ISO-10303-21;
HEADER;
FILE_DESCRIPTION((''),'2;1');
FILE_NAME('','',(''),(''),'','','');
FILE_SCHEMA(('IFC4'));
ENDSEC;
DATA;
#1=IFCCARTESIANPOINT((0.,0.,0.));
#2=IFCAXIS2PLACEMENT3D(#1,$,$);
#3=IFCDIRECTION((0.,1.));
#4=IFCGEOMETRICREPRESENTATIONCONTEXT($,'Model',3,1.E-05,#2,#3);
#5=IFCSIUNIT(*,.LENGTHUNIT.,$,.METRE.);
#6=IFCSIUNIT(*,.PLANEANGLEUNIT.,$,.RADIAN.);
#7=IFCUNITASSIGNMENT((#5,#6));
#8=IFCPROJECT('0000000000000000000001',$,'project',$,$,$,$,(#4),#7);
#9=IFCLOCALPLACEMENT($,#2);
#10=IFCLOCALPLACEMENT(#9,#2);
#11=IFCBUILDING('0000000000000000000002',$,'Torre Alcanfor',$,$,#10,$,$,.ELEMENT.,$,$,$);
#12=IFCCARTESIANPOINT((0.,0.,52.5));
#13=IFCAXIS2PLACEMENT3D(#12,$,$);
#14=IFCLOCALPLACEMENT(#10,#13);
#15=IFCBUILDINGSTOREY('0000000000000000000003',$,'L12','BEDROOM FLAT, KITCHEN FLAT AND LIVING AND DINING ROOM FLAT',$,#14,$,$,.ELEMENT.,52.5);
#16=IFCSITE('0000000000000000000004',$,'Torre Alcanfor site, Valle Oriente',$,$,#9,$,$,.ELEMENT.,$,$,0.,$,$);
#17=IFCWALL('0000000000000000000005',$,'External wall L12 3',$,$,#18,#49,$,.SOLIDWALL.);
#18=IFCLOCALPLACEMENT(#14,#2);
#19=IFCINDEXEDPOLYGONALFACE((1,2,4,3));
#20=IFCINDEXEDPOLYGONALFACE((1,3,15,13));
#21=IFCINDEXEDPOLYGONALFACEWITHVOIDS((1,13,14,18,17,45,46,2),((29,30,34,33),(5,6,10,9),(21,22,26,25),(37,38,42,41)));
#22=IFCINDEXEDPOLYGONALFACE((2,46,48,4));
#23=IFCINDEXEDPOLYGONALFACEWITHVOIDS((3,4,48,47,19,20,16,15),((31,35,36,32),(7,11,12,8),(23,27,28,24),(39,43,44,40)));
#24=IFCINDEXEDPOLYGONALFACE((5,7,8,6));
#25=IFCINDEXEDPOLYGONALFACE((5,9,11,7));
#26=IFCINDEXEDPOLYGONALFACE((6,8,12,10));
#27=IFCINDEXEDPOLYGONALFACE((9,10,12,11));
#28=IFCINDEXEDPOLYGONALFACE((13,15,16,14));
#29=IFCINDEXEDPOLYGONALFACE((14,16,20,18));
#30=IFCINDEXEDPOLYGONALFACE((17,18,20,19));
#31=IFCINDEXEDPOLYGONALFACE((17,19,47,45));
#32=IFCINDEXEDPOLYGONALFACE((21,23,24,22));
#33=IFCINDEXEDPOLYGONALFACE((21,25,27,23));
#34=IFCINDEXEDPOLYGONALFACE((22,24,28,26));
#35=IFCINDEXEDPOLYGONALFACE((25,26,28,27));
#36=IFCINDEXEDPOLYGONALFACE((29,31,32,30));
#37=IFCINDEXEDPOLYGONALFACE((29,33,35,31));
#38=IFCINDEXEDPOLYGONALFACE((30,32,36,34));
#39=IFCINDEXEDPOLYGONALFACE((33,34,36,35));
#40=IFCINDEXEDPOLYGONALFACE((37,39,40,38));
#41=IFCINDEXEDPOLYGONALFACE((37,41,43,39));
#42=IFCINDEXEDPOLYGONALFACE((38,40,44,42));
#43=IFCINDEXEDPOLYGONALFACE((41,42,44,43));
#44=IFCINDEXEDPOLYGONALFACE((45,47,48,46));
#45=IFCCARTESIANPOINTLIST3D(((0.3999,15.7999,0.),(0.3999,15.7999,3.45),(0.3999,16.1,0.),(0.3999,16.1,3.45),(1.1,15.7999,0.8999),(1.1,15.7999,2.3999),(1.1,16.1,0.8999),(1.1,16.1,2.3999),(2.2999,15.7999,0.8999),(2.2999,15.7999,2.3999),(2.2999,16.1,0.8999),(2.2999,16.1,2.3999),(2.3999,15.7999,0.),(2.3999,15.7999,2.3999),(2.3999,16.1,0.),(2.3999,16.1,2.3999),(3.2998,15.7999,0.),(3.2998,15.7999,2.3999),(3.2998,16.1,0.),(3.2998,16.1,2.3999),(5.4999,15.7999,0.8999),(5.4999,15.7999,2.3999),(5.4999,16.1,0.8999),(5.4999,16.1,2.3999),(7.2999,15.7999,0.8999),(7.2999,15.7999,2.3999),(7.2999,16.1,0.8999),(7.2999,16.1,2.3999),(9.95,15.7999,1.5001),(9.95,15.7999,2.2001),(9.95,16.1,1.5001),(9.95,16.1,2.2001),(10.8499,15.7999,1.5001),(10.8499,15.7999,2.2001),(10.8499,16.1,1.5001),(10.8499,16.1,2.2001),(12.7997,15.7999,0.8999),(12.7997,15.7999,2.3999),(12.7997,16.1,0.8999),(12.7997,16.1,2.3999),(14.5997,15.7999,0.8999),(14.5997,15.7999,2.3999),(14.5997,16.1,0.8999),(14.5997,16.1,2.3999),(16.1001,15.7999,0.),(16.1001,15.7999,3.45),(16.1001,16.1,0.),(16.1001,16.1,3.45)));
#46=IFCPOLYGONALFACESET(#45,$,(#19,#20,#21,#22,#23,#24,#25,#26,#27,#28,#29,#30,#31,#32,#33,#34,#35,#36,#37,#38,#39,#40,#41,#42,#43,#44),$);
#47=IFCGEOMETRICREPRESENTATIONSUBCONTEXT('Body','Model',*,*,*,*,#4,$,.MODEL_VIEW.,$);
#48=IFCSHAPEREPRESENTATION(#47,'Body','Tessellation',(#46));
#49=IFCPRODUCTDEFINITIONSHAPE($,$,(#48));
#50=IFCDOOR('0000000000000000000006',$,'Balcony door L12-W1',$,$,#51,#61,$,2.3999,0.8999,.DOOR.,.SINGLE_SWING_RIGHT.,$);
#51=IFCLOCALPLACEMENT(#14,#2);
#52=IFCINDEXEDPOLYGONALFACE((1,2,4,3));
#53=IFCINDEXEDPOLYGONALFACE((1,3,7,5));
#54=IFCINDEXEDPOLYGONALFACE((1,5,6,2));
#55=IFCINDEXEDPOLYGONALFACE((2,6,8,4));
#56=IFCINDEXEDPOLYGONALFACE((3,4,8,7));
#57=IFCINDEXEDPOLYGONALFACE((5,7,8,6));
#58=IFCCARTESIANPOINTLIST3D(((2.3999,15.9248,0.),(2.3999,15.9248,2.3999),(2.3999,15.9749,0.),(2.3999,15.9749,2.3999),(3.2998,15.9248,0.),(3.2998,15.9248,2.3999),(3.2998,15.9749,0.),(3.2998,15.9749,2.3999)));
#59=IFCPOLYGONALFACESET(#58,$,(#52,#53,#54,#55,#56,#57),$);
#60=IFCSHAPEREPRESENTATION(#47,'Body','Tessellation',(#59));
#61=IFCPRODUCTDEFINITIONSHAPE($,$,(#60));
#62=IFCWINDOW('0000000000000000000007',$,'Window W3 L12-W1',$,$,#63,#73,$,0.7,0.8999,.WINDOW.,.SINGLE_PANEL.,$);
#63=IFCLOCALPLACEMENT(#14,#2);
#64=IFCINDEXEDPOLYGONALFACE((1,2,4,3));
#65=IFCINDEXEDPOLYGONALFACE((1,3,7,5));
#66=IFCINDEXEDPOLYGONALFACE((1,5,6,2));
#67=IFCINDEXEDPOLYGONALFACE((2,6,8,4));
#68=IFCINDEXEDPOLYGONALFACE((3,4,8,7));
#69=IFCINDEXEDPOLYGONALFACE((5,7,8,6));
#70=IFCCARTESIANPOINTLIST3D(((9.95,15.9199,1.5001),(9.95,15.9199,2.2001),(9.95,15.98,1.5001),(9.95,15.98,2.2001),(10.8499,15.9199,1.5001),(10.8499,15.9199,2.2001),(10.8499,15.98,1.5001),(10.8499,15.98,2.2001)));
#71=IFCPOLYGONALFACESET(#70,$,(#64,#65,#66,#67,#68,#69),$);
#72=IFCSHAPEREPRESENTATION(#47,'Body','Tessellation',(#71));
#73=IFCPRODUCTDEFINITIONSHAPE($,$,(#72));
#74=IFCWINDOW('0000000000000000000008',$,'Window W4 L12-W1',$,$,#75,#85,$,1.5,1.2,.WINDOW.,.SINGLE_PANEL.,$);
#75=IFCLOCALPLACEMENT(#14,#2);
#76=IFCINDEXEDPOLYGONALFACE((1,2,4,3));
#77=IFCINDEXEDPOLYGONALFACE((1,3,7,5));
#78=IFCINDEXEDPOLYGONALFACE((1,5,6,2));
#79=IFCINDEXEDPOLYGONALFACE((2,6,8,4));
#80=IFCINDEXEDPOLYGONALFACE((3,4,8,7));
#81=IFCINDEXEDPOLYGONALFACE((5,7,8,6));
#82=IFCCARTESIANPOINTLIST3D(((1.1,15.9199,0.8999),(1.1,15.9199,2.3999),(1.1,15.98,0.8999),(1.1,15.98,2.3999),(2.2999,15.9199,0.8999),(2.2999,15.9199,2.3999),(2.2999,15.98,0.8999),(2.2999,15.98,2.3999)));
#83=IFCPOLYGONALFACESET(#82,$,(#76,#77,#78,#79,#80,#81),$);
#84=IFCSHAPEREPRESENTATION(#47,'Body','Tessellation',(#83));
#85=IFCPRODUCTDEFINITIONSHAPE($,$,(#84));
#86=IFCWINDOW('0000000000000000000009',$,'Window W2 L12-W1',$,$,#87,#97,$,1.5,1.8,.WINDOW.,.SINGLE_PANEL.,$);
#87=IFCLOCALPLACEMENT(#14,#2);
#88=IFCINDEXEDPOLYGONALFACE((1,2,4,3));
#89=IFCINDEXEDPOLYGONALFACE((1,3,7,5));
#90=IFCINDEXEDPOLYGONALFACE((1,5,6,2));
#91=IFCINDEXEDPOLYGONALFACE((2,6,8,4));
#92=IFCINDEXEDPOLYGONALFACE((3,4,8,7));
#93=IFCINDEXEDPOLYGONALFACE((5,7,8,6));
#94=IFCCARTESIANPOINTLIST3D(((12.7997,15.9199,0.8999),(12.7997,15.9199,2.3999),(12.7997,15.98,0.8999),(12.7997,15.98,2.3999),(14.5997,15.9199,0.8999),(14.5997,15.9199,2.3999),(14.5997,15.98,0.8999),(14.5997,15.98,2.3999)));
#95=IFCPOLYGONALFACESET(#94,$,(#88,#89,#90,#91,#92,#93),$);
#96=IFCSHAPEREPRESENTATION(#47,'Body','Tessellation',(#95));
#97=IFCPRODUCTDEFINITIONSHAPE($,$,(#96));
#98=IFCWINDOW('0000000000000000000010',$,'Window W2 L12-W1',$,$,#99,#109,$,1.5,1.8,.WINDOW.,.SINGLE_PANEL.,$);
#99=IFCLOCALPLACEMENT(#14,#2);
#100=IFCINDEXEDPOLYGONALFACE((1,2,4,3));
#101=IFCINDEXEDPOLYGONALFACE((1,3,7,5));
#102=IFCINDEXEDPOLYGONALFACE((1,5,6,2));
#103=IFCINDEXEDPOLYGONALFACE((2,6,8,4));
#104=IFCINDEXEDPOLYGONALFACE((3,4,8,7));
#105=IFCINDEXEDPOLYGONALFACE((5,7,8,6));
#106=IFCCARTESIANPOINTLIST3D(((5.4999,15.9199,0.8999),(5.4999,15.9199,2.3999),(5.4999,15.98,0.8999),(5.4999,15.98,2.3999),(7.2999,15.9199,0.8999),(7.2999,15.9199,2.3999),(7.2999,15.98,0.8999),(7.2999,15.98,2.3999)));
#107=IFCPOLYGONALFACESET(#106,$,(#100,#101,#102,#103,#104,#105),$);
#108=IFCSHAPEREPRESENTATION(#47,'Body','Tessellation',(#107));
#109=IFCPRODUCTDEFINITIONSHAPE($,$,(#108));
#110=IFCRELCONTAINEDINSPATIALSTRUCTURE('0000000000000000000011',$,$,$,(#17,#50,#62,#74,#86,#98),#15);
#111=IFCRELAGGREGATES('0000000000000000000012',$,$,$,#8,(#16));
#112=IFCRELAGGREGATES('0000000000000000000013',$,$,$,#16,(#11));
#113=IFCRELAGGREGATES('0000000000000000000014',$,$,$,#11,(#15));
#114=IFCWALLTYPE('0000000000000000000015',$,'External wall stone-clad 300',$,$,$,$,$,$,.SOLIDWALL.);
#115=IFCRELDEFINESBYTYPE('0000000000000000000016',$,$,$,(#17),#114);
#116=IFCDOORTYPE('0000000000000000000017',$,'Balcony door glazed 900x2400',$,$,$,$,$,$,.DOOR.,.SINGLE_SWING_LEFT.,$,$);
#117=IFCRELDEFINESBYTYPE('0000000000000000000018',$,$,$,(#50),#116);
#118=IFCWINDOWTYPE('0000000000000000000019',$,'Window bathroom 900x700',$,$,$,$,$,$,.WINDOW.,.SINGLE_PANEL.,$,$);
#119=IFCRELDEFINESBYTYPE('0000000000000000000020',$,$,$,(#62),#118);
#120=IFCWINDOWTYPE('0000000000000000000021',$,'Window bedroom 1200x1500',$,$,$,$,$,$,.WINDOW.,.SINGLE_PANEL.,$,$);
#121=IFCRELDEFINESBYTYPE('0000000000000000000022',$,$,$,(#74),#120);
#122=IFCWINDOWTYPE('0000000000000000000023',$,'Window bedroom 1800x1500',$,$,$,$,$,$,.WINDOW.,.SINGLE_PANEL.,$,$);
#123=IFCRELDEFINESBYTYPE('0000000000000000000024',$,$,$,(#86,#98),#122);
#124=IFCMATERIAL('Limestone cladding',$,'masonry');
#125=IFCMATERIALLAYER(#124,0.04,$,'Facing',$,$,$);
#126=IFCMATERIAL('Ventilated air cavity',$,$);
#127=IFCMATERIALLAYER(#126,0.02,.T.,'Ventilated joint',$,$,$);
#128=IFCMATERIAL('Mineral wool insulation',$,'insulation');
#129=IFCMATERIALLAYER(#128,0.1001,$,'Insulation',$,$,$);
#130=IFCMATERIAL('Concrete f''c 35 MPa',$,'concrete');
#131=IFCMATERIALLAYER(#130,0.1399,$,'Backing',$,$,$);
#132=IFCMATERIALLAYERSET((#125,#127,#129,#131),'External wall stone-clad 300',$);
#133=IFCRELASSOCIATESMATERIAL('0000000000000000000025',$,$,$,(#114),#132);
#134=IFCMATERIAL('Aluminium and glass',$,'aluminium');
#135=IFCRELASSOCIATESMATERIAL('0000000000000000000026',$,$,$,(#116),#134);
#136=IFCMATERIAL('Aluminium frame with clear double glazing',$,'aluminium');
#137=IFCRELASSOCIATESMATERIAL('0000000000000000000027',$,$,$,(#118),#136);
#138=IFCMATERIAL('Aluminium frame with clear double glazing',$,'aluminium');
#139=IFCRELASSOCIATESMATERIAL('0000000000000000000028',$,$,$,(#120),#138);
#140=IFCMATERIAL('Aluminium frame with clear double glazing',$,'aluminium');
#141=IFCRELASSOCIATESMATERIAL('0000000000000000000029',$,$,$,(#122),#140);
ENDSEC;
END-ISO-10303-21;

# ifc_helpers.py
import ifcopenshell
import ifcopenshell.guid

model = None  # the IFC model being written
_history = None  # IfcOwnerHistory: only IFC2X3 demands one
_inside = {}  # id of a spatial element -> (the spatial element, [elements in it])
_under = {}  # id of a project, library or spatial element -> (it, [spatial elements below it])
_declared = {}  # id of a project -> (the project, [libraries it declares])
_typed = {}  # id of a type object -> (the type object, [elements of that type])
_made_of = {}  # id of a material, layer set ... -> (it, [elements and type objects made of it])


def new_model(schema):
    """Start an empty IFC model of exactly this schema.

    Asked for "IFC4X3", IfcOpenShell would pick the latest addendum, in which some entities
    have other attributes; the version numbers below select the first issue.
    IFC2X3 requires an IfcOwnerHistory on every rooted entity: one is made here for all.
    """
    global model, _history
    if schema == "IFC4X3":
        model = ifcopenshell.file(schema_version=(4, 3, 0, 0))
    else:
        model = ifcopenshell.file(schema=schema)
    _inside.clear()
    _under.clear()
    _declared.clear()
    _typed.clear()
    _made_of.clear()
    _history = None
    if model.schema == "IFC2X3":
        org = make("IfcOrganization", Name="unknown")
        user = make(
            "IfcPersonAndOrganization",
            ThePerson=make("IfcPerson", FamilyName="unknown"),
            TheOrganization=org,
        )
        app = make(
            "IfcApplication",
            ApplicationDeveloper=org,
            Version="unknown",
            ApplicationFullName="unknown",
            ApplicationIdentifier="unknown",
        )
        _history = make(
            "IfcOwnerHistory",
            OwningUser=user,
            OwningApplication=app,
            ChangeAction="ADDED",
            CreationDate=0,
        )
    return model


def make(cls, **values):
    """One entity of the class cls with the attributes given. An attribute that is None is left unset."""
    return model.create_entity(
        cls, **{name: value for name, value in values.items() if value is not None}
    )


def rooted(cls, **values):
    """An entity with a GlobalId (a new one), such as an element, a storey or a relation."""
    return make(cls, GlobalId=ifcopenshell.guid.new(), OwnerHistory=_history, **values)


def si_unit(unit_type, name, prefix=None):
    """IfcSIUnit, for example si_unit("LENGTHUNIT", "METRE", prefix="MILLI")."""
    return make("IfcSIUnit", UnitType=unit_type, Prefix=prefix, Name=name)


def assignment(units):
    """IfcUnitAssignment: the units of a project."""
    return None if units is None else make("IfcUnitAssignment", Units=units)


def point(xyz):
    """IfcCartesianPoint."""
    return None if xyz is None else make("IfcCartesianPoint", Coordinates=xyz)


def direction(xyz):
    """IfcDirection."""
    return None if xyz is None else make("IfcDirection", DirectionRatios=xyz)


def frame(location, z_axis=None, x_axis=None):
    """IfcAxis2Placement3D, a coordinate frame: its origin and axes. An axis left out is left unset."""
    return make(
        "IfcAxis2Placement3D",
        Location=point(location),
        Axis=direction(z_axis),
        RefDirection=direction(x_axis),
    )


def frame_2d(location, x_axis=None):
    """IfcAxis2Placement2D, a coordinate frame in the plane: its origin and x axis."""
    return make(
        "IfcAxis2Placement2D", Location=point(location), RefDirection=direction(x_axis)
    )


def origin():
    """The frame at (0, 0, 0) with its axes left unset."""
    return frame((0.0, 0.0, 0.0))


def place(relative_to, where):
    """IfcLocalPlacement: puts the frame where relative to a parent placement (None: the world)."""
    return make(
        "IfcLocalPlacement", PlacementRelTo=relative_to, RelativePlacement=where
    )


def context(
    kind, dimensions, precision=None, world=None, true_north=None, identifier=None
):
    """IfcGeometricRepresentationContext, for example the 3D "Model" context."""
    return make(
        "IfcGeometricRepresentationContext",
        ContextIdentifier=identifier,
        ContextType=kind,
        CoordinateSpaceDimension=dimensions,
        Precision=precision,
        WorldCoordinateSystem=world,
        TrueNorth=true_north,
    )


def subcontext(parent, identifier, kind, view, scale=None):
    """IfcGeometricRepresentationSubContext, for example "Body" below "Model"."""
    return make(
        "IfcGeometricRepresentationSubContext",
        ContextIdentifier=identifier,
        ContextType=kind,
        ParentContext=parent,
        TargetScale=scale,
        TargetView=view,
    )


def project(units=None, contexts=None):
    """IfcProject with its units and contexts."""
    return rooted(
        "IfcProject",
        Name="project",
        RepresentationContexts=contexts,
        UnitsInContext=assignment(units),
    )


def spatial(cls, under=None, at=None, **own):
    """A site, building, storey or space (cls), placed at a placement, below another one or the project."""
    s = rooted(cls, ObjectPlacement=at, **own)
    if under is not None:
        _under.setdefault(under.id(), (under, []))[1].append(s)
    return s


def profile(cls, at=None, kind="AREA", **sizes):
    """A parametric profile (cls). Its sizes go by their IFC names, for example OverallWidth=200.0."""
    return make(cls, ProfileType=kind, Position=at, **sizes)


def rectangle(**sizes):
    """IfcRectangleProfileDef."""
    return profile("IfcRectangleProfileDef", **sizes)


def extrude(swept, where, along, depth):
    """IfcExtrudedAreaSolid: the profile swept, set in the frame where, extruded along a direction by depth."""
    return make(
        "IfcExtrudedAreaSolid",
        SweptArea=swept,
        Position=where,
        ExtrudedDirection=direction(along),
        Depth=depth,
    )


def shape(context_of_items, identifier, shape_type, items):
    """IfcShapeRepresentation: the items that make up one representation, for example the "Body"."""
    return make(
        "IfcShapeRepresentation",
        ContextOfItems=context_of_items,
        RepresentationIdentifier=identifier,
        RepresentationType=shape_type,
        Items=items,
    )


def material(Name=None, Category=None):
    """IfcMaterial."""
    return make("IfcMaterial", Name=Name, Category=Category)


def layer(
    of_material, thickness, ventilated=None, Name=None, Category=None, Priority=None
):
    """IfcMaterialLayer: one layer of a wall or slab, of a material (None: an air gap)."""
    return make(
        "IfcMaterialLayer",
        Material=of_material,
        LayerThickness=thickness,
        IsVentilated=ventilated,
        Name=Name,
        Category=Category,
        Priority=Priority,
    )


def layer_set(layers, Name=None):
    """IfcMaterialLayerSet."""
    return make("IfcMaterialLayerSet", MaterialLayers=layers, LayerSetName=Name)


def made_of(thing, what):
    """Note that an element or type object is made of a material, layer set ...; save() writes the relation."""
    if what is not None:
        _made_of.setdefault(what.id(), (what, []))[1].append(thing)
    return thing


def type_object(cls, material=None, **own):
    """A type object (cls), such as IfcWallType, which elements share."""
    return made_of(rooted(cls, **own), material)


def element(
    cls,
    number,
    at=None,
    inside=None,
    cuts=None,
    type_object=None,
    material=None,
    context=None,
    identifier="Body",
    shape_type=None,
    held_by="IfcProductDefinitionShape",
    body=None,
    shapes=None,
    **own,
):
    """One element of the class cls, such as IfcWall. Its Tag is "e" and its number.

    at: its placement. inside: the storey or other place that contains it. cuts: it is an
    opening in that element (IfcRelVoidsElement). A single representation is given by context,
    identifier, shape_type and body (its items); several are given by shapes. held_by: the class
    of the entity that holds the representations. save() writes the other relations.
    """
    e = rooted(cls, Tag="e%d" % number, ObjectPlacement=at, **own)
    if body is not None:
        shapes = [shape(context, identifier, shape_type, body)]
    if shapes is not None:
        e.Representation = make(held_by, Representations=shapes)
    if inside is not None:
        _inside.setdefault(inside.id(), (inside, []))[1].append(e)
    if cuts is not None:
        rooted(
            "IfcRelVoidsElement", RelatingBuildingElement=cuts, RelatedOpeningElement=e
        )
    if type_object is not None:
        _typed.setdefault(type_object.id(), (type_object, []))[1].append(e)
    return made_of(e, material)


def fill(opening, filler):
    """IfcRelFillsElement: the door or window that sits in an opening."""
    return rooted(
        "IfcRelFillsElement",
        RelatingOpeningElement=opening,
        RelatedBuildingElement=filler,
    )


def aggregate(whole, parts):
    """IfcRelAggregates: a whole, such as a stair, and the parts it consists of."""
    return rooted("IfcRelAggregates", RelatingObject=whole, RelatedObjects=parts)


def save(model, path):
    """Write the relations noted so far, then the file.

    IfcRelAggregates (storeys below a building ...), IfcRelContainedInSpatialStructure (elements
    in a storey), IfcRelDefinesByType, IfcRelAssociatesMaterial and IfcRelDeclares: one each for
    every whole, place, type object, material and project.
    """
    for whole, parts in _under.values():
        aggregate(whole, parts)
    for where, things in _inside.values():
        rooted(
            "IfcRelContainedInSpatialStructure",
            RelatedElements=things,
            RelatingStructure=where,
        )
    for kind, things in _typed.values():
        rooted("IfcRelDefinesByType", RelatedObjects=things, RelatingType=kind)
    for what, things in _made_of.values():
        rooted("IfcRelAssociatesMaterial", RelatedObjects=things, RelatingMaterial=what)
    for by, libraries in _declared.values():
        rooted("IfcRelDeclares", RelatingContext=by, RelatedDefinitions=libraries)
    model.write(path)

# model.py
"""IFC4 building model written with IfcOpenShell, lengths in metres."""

from ifc_helpers import new_model, si_unit, direction, frame, frame_2d, origin, place, context, subcontext, project, spatial, rectangle, extrude, material, layer, layer_set, type_object, element, fill, save


model = new_model("IFC4")

# Units and contexts
model_context = context("Model", 3, precision=1e-05, world=origin(), true_north=direction((0.0, 1.0)))
body_context = subcontext(model_context, "Body", "Model", "MODEL_VIEW")
ifc_project = project(units=[si_unit("LENGTHUNIT", "METRE"), si_unit("PLANEANGLEUNIT", "RADIAN")], contexts=[model_context])

# Site, building, storey
site_placement = place(None, origin())
site = spatial("IfcSite", under=ifc_project, at=site_placement, Name="Torre Alcanfor site, Valle Oriente", CompositionType="ELEMENT", RefElevation=0.0)
building_placement = place(site_placement, origin())
building = spatial("IfcBuilding", under=site, at=building_placement, Name="Torre Alcanfor", CompositionType="ELEMENT")
storey_placement = place(building_placement, frame((0.0, 0.0, 52.5)))
storey = spatial("IfcBuildingStorey", under=building, at=storey_placement, Name="L12", Description="BEDROOM FLAT, KITCHEN FLAT AND LIVING AND DINING ROOM FLAT", CompositionType="ELEMENT", Elevation=52.5)

# Wall, openings, door, windows
ifc_material_1 = material(Name="Limestone cladding", Category="masonry")
ifc_layer_1 = layer(ifc_material_1, 0.04, Name="Facing")
ifc_material_2 = material(Name="Ventilated air cavity")
ifc_layer_2 = layer(ifc_material_2, 0.02, ventilated=True, Name="Ventilated joint")
ifc_material_3 = material(Name="Mineral wool insulation", Category="insulation")
ifc_layer_3 = layer(ifc_material_3, 0.1001, Name="Insulation")
ifc_material_4 = material(Name="Concrete f'c 35 MPa", Category="concrete")
ifc_layer_4 = layer(ifc_material_4, 0.1399, Name="Backing")
ifc_layer_set_1 = layer_set([ifc_layer_1, ifc_layer_2, ifc_layer_3, ifc_layer_4], Name="External wall stone-clad 300")
wall_type_1 = type_object("IfcWallType", Name="External wall stone-clad 300", PredefinedType="SOLIDWALL", material=ifc_layer_set_1)
wall_1_placement = place(storey_placement, frame((0.3999, 15.95, 0.0), z_axis=(0.0, 0.0, 1.0), x_axis=(1.0, 0.0, 0.0)))
wall_1 = element("IfcWall", 1, at=wall_1_placement, inside=storey, type_object=wall_type_1, Name="External wall L12 3", PredefinedType="SOLIDWALL", context=body_context, shape_type="SweptSolid", body=[
    extrude(rectangle(XDim=15.7002, YDim=0.3, at=frame_2d((7.8501, 0.0))), origin(), (0.0, 0.0, 1.0), 3.45),
])
opening_1_placement = place(wall_1_placement, frame((12.3999, 0.0, 0.8999)))
opening_1 = element("IfcOpeningElement", 2, at=opening_1_placement, cuts=wall_1, PredefinedType="OPENING", context=body_context, shape_type="SweptSolid", body=[
    extrude(rectangle(XDim=1.8, YDim=1.5, at=frame_2d((0.8999, 0.75))), frame((0.0, 0.1599, 0.0), z_axis=(0.0, -1.0, 0.0), x_axis=(1.0, 0.0, 0.0)), (0.0, 0.0, 1.0), 0.3201),
])
opening_2_placement = place(wall_1_placement, frame((9.55, 0.0, 1.5)))
opening_2 = element("IfcOpeningElement", 3, at=opening_2_placement, cuts=wall_1, PredefinedType="OPENING", context=body_context, shape_type="SweptSolid", body=[
    extrude(rectangle(XDim=0.8999, YDim=0.7, at=frame_2d((0.45, 0.3501))), frame((0.0, 0.1599, 0.0), z_axis=(0.0, -1.0, 0.0), x_axis=(1.0, 0.0, 0.0)), (0.0, 0.0, 1.0), 0.3201),
])
opening_3_placement = place(wall_1_placement, frame((5.1001, 0.0, 0.8999)))
opening_3 = element("IfcOpeningElement", 4, at=opening_3_placement, cuts=wall_1, PredefinedType="OPENING", context=body_context, shape_type="SweptSolid", body=[
    extrude(rectangle(XDim=1.8, YDim=1.5, at=frame_2d((0.8999, 0.75))), frame((0.0, 0.1599, 0.0), z_axis=(0.0, -1.0, 0.0), x_axis=(1.0, 0.0, 0.0)), (0.0, 0.0, 1.0), 0.3201),
])
opening_4_placement = place(wall_1_placement, frame((2.0, 0.0, 0.0)))
opening_4 = element("IfcOpeningElement", 5, at=opening_4_placement, cuts=wall_1, PredefinedType="OPENING", context=body_context, shape_type="SweptSolid", body=[
    extrude(rectangle(XDim=0.8999, YDim=2.3999, at=frame_2d((0.45, 1.2))), frame((0.0, 0.1599, 0.0), z_axis=(0.0, -1.0, 0.0), x_axis=(1.0, 0.0, 0.0)), (0.0, 0.0, 1.0), 0.3201),
])
opening_5_placement = place(wall_1_placement, frame((0.7, 0.0, 0.8999)))
opening_5 = element("IfcOpeningElement", 6, at=opening_5_placement, cuts=wall_1, PredefinedType="OPENING", context=body_context, shape_type="SweptSolid", body=[
    extrude(rectangle(XDim=1.2, YDim=1.5, at=frame_2d((0.6001, 0.75))), frame((0.0, 0.1599, 0.0), z_axis=(0.0, -1.0, 0.0), x_axis=(1.0, 0.0, 0.0)), (0.0, 0.0, 1.0), 0.3201),
])
ifc_material_5 = material(Name="Aluminium and glass", Category="aluminium")
door_type = type_object("IfcDoorType", Name="Balcony door glazed 900x2400", OperationType="SINGLE_SWING_LEFT", PredefinedType="DOOR", material=ifc_material_5)
door_1_placement = place(opening_4_placement, origin())
door_1 = element("IfcDoor", 7, at=door_1_placement, inside=storey, type_object=door_type, Name="Balcony door L12-W1", OperationType="SINGLE_SWING_RIGHT", OverallHeight=2.3999, OverallWidth=0.8999, PredefinedType="DOOR", context=body_context, shape_type="SweptSolid", body=[
    extrude(rectangle(XDim=0.8999, YDim=2.3999, at=frame_2d((0.45, 1.2))), frame((0.0, 0.0249, 0.0), z_axis=(0.0, -1.0, 0.0), x_axis=(1.0, 0.0, 0.0)), (0.0, 0.0, 1.0), 0.05),
])
fill(opening_4, door_1)
ifc_material_6 = material(Name="Aluminium frame with clear double glazing", Category="aluminium")
window_type_1 = type_object("IfcWindowType", Name="Window bathroom 900x700", PartitioningType="SINGLE_PANEL", PredefinedType="WINDOW", material=ifc_material_6)
window_1_placement = place(opening_2_placement, origin())
window_1 = element("IfcWindow", 8, at=window_1_placement, inside=storey, type_object=window_type_1, Name="Window W3 L12-W1", OverallHeight=0.7, OverallWidth=0.8999, PartitioningType="SINGLE_PANEL", PredefinedType="WINDOW", context=body_context, shape_type="SweptSolid", body=[
    extrude(rectangle(XDim=0.8999, YDim=0.7, at=frame_2d((0.45, 0.3501))), frame((0.0, 0.03, 0.0), z_axis=(0.0, -1.0, 0.0), x_axis=(1.0, 0.0, 0.0)), (0.0, 0.0, 1.0), 0.0601),
])
fill(opening_2, window_1)
ifc_material_7 = material(Name="Aluminium frame with clear double glazing", Category="aluminium")
window_type_2 = type_object("IfcWindowType", Name="Window bedroom 1200x1500", PartitioningType="SINGLE_PANEL", PredefinedType="WINDOW", material=ifc_material_7)
window_2_placement = place(opening_5_placement, origin())
window_2 = element("IfcWindow", 9, at=window_2_placement, inside=storey, type_object=window_type_2, Name="Window W4 L12-W1", OverallHeight=1.5, OverallWidth=1.2, PartitioningType="SINGLE_PANEL", PredefinedType="WINDOW", context=body_context, shape_type="SweptSolid", body=[
    extrude(rectangle(XDim=1.2, YDim=1.5, at=frame_2d((0.6001, 0.75))), frame((0.0, 0.03, 0.0), z_axis=(0.0, -1.0, 0.0), x_axis=(1.0, 0.0, 0.0)), (0.0, 0.0, 1.0), 0.0601),
])
fill(opening_5, window_2)
ifc_material_8 = material(Name="Aluminium frame with clear double glazing", Category="aluminium")
window_type_3 = type_object("IfcWindowType", Name="Window bedroom 1800x1500", PartitioningType="SINGLE_PANEL", PredefinedType="WINDOW", material=ifc_material_8)
window_3_placement = place(opening_1_placement, origin())
window_3 = element("IfcWindow", 10, at=window_3_placement, inside=storey, type_object=window_type_3, Name="Window W2 L12-W1", OverallHeight=1.5, OverallWidth=1.8, PartitioningType="SINGLE_PANEL", PredefinedType="WINDOW", context=body_context, shape_type="SweptSolid", body=[
    extrude(rectangle(XDim=1.8, YDim=1.5, at=frame_2d((0.8999, 0.75))), frame((0.0, 0.03, 0.0), z_axis=(0.0, -1.0, 0.0), x_axis=(1.0, 0.0, 0.0)), (0.0, 0.0, 1.0), 0.0601),
])
fill(opening_1, window_3)
window_4_placement = place(opening_3_placement, origin())
window_4 = element("IfcWindow", 11, at=window_4_placement, inside=storey, type_object=window_type_3, Name="Window W2 L12-W1", OverallHeight=1.5, OverallWidth=1.8, PartitioningType="SINGLE_PANEL", PredefinedType="WINDOW", context=body_context, shape_type="SweptSolid", body=[
    extrude(rectangle(XDim=1.8, YDim=1.5, at=frame_2d((0.8999, 0.75))), frame((0.0, 0.03, 0.0), z_axis=(0.0, -1.0, 0.0), x_axis=(1.0, 0.0, 0.0)), (0.0, 0.0, 1.0), 0.0601),
])
fill(opening_3, window_4)

save(model, "model.ifc")
